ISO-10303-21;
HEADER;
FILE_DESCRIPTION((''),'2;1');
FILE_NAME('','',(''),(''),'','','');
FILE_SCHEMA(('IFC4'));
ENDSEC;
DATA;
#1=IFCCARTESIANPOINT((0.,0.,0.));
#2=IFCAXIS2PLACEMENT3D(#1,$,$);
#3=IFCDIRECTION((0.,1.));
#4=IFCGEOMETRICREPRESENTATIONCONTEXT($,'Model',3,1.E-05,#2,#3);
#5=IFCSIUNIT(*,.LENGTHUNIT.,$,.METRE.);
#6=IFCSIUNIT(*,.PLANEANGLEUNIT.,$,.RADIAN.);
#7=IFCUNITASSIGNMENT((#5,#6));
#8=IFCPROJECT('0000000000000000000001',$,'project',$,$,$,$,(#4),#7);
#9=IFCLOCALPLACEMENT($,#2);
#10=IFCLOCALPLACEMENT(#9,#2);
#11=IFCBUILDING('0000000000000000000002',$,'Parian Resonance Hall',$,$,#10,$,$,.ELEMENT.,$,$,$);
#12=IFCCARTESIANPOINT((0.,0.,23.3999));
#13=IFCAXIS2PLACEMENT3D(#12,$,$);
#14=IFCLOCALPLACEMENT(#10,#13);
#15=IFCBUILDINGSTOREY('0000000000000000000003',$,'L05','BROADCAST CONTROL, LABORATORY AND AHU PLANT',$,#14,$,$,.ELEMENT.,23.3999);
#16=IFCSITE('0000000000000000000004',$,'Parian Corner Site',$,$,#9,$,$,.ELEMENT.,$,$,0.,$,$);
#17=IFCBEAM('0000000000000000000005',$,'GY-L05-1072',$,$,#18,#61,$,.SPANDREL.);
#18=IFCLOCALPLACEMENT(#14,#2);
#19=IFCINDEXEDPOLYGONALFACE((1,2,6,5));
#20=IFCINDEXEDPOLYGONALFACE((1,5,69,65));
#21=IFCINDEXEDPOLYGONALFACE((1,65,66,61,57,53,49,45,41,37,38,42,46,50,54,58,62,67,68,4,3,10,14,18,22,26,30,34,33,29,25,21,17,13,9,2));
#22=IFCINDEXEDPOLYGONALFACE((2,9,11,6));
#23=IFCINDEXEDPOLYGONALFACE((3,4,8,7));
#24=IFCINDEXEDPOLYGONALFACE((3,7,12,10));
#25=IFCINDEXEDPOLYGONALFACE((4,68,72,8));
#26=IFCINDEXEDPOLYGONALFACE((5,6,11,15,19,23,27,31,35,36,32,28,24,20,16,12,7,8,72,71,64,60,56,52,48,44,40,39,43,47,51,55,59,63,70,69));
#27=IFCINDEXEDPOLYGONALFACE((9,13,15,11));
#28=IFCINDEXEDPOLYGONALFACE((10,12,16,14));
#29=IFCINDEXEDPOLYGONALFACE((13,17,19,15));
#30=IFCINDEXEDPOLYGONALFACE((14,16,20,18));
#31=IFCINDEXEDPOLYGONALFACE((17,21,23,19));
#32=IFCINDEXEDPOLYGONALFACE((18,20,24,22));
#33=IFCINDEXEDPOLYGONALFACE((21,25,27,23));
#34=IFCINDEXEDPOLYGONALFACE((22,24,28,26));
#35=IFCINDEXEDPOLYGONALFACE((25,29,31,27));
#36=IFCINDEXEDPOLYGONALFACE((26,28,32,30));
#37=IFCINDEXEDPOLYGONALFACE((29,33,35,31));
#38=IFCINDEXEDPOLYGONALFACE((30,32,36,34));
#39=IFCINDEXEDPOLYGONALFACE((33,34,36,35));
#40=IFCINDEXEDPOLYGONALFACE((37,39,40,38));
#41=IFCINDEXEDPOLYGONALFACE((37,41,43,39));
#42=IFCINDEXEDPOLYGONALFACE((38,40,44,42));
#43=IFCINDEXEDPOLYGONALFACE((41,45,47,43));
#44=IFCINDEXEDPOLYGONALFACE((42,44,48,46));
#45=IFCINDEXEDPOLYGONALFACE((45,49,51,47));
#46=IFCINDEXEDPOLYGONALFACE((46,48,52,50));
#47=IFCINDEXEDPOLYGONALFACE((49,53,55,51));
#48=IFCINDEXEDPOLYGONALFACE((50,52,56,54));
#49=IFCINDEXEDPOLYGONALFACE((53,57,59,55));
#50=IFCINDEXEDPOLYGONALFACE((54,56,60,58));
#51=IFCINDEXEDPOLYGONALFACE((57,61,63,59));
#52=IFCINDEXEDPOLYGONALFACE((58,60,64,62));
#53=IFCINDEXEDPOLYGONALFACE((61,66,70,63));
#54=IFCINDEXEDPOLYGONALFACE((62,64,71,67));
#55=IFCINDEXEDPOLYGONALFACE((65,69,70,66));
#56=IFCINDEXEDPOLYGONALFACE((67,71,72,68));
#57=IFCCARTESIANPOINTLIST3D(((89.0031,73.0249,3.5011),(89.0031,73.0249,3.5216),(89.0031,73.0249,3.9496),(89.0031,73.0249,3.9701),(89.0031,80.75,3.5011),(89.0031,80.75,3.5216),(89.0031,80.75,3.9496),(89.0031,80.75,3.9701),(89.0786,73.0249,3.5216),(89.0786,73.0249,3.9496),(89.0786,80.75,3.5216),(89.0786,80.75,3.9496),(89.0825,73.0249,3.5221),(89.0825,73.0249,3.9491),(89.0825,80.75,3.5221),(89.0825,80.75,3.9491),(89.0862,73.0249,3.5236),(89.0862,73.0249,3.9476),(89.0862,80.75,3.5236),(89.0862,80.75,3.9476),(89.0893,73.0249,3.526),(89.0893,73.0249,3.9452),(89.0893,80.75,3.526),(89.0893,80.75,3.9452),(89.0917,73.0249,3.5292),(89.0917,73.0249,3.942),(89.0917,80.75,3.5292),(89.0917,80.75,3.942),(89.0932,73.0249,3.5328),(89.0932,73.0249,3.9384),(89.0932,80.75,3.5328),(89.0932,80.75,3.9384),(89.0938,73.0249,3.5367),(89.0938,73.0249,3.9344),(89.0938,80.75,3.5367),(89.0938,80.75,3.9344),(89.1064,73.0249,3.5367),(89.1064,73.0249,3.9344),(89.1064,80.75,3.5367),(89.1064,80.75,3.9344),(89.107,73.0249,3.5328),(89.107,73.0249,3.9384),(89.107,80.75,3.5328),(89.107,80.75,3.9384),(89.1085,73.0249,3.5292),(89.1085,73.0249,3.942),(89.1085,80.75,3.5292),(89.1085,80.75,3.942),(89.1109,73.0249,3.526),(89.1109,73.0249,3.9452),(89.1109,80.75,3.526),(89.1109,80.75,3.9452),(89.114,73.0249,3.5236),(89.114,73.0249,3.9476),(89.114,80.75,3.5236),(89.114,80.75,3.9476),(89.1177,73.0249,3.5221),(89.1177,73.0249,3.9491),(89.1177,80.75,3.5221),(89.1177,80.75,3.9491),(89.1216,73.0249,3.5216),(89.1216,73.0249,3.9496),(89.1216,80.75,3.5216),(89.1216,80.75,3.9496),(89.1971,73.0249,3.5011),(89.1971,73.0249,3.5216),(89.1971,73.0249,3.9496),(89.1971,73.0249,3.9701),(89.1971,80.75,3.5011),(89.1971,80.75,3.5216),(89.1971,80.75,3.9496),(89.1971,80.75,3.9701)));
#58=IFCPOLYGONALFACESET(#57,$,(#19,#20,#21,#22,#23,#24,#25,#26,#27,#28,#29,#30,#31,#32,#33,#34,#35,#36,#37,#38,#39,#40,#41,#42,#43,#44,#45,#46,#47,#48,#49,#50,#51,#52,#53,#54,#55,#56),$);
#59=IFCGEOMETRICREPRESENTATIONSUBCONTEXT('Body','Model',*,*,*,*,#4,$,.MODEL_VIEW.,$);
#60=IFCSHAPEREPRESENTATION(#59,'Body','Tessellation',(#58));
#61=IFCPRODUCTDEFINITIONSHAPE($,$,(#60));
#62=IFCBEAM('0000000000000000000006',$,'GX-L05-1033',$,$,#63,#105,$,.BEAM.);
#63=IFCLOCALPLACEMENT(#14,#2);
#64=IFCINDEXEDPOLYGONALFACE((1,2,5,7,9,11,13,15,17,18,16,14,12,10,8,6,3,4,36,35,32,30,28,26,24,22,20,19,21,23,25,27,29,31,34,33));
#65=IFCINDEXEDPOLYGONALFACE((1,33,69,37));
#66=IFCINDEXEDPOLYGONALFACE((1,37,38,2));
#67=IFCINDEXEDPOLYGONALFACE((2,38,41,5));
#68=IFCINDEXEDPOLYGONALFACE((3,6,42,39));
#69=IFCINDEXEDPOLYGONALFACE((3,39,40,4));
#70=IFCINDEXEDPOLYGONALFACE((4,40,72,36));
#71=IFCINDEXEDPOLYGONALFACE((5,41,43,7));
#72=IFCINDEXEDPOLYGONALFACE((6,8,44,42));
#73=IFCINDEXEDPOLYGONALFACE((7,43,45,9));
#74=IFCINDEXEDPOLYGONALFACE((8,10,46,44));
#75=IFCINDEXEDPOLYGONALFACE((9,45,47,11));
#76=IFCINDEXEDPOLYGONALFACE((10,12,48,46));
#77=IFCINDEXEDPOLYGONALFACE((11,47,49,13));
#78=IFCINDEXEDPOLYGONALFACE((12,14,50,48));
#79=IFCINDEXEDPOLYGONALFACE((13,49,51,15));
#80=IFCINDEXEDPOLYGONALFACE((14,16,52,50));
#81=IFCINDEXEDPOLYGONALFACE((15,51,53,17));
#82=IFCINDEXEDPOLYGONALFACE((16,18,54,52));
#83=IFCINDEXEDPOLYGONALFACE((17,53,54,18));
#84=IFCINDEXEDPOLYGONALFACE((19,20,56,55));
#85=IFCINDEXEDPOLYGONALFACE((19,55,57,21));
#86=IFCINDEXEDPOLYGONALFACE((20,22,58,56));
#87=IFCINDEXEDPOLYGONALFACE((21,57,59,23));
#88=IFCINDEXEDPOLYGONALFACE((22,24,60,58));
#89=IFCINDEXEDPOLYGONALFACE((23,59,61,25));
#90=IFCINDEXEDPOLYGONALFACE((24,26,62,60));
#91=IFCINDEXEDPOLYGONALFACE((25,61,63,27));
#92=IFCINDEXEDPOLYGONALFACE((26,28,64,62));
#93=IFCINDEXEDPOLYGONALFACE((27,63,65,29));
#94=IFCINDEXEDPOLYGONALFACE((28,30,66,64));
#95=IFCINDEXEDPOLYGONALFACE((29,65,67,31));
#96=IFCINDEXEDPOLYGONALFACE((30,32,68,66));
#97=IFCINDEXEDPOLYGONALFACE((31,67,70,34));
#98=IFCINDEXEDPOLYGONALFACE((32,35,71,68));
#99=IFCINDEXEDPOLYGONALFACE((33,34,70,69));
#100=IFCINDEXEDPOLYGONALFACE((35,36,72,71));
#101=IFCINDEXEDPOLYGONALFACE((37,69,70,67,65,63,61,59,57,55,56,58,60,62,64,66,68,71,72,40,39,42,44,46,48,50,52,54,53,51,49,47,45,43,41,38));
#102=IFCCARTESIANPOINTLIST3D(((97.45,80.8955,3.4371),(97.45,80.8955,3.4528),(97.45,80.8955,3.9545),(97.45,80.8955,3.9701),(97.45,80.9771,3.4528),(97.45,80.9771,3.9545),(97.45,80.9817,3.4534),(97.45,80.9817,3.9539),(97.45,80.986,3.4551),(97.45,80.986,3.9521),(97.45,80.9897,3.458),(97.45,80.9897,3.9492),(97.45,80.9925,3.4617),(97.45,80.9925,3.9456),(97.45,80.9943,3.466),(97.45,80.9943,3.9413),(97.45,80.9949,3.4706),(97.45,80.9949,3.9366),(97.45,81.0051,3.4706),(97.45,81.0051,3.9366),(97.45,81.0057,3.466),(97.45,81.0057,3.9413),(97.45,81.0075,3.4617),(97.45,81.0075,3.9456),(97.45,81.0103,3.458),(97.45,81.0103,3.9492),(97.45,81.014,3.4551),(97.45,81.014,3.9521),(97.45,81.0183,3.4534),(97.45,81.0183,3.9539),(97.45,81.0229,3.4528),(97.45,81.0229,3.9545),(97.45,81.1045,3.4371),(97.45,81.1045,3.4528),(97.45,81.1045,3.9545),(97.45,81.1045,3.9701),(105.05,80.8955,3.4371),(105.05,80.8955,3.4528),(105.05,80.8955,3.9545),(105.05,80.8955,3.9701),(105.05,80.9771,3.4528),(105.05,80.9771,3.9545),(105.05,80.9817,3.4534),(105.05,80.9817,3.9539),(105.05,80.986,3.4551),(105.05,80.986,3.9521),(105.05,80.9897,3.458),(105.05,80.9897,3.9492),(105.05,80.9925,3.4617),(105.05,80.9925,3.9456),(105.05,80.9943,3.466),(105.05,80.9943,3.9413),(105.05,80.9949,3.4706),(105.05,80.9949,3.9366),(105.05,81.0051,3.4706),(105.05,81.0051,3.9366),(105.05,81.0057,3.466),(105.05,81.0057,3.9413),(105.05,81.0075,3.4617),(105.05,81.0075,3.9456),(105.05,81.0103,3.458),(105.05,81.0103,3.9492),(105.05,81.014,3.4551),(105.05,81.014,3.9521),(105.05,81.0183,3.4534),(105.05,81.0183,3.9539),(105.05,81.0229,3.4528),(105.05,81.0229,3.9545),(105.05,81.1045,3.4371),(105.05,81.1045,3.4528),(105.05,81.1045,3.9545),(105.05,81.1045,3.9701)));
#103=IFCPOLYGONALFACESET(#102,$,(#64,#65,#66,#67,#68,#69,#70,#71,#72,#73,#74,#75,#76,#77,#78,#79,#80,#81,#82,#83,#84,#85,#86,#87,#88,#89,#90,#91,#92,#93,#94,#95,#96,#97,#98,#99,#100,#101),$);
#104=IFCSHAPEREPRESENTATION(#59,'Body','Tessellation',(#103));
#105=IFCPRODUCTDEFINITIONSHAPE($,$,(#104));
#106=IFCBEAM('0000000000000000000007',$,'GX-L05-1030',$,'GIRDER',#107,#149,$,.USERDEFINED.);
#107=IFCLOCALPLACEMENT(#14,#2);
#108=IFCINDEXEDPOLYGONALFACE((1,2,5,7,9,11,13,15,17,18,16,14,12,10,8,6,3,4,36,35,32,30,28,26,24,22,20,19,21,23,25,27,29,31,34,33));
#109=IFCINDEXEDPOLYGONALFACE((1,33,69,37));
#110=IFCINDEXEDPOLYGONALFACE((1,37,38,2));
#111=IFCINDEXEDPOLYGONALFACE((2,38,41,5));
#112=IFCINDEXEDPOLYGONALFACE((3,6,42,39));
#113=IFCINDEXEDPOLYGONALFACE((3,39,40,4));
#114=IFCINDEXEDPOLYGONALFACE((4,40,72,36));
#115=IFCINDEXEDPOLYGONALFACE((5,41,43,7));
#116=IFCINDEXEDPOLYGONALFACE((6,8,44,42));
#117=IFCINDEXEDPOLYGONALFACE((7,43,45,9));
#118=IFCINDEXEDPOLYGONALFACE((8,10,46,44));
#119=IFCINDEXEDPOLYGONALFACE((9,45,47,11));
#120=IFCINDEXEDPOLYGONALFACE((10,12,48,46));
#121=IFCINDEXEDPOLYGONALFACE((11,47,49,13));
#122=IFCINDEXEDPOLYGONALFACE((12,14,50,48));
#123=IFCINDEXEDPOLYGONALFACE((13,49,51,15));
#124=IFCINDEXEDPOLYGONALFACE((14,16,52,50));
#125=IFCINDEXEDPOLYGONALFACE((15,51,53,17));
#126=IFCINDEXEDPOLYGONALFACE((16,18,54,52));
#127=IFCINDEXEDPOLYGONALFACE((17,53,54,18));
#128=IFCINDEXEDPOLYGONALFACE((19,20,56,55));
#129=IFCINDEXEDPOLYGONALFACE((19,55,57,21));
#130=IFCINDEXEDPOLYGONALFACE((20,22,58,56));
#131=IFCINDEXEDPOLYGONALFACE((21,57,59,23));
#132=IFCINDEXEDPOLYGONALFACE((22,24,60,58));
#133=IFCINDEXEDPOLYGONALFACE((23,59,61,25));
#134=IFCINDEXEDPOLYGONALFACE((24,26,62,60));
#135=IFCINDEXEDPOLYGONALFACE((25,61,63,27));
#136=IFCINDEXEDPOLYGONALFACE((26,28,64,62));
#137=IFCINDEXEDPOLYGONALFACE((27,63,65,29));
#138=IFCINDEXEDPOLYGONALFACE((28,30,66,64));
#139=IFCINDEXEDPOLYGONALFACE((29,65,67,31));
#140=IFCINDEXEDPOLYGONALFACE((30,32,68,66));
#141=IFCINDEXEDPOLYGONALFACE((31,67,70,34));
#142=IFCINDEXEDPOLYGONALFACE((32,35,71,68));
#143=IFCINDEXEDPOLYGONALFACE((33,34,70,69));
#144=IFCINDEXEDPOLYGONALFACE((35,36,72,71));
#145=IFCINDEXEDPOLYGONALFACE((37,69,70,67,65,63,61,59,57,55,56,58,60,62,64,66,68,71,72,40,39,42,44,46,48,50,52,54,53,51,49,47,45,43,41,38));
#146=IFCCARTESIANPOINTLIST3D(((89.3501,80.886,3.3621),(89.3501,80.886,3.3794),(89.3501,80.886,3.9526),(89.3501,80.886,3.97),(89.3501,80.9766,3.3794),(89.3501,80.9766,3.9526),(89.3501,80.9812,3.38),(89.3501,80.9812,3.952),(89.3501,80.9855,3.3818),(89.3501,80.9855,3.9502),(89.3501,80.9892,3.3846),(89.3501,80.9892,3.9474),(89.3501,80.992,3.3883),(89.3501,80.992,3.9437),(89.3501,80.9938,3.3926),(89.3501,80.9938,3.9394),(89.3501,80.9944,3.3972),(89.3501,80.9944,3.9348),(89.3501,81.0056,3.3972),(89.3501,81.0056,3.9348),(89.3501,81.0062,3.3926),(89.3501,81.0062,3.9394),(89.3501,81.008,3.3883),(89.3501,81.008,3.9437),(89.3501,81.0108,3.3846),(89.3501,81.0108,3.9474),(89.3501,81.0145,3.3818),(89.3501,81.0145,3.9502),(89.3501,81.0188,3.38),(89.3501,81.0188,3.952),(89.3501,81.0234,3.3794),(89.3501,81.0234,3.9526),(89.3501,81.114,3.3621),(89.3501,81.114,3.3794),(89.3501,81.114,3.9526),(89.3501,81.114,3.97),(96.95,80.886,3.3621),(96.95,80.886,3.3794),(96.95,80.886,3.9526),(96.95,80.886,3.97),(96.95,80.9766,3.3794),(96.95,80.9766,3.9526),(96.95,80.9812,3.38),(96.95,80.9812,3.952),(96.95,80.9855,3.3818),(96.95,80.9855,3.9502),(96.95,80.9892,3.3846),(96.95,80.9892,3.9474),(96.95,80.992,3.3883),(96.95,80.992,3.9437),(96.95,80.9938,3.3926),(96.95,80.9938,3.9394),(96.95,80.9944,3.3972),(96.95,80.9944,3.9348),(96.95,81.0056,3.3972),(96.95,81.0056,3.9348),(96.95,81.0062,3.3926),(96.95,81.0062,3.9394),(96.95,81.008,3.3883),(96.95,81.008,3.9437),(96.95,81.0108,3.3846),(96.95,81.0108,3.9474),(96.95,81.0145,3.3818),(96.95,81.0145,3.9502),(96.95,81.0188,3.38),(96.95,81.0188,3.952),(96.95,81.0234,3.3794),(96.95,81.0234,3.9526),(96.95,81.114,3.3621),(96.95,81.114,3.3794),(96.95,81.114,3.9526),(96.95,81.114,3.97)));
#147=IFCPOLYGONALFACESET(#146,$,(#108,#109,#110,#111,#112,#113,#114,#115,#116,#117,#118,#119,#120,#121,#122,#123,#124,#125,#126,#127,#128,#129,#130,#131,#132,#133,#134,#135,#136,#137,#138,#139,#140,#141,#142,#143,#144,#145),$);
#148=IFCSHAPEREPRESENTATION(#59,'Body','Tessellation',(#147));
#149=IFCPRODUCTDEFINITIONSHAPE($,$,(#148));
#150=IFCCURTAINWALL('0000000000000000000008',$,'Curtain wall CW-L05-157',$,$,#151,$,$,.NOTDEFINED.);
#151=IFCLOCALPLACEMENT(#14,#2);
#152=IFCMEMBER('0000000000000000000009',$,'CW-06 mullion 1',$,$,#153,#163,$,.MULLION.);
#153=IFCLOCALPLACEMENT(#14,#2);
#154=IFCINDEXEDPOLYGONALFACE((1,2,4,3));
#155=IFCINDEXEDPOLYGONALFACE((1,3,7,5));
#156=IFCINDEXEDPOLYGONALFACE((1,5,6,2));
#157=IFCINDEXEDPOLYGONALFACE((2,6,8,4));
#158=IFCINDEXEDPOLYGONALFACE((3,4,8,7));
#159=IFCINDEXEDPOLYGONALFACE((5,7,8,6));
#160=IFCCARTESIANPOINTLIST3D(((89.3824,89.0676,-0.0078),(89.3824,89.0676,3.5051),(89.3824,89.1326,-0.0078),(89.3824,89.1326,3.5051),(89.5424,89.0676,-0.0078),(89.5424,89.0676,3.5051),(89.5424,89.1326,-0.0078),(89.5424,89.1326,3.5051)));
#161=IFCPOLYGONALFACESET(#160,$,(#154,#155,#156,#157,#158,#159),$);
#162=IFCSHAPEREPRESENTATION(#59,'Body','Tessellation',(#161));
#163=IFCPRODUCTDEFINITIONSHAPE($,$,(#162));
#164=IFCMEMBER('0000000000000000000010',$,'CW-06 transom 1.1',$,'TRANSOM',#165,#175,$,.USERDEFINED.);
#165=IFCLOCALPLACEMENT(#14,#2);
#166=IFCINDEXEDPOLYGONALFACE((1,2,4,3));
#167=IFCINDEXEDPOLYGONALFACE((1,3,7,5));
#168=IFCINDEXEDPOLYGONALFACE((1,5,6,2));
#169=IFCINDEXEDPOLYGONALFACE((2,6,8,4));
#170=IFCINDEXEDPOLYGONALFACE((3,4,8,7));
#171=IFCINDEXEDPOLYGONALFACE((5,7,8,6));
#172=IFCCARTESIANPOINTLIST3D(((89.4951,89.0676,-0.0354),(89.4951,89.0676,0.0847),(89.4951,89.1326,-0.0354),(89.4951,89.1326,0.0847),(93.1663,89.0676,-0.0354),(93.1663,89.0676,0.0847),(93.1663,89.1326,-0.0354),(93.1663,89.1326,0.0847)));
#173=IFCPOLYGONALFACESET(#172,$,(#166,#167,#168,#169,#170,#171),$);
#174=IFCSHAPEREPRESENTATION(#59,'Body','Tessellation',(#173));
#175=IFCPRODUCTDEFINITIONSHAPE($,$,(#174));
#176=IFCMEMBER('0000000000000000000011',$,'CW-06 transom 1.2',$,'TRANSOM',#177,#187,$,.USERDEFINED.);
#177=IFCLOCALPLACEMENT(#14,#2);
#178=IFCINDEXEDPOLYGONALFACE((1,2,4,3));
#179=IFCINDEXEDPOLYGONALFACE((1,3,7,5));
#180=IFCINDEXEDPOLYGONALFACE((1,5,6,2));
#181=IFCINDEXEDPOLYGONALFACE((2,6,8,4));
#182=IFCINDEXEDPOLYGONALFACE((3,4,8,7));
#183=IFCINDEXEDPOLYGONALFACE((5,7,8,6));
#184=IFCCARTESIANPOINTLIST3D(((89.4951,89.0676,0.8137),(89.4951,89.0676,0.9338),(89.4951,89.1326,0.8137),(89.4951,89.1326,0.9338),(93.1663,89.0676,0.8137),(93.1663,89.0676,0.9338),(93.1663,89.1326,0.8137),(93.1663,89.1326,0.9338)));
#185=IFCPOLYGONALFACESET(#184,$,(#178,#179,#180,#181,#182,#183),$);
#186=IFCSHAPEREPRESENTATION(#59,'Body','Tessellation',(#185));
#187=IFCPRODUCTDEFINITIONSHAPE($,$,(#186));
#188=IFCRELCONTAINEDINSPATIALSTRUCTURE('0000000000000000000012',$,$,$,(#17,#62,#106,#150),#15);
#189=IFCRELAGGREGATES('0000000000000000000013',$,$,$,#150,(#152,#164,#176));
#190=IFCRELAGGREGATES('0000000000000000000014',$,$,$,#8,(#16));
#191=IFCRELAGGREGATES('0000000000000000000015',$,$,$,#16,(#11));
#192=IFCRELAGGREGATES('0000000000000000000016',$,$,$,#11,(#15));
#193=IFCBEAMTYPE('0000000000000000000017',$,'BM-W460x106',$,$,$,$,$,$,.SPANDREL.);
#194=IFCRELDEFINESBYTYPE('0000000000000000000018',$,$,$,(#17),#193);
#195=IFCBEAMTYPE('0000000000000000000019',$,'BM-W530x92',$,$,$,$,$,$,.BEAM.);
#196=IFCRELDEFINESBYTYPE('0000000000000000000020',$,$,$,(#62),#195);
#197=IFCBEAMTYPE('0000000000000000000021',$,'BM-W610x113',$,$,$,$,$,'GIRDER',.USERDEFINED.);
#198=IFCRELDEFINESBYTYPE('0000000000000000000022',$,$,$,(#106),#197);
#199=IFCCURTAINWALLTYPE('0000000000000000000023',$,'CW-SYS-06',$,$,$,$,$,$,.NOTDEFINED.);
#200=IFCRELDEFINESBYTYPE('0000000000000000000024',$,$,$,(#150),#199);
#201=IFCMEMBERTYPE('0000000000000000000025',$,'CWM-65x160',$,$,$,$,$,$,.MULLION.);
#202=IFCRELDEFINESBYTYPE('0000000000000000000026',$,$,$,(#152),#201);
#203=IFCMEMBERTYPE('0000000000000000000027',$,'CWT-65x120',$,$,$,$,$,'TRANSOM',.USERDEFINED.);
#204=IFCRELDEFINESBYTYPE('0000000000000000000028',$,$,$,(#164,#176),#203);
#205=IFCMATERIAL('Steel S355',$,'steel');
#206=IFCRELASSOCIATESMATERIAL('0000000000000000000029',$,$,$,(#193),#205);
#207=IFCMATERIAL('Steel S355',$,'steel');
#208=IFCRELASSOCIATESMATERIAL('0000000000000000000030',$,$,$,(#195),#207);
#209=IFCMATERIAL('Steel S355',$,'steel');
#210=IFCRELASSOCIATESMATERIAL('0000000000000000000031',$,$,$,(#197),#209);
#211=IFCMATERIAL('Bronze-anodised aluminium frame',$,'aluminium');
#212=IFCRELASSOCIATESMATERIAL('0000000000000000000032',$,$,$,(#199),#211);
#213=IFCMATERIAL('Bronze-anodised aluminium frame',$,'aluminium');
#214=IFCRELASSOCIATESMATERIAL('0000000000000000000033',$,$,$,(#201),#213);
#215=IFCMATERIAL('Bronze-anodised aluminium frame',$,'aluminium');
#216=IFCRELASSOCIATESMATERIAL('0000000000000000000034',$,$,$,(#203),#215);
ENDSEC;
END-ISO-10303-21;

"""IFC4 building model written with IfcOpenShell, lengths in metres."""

from ifc_helpers import new_model, si_unit, direction, frame, origin, origin_2d, place, context, subcontext, project, spatial, rectangle, i_section, extrude, material, material_profile, profile_set, type_object, element, aggregate, save


model = new_model("IFC4")

# Units and contexts
model_context = context("Model", 3, precision=1e-05, world=origin(), true_north=direction((0.0, 1.0)))
body_context = subcontext(model_context, "Body", "Model", "MODEL_VIEW")
ifc_project = project(units=[si_unit("LENGTHUNIT", "METRE"), si_unit("PLANEANGLEUNIT", "RADIAN")], contexts=[model_context])

# Site, building, storey
site_placement = place(None, origin())
site = spatial("IfcSite", under=ifc_project, at=site_placement, Name="Parian Corner Site", CompositionType="ELEMENT", RefElevation=0.0)
building_placement = place(site_placement, origin())
building = spatial("IfcBuilding", under=site, at=building_placement, Name="Parian Resonance Hall", CompositionType="ELEMENT")
storey_placement = place(building_placement, frame((0.0, 0.0, 23.3999)))
storey = spatial("IfcBuildingStorey", under=building, at=storey_placement, Name="L05", Description="BROADCAST CONTROL, LABORATORY AND AHU PLANT", CompositionType="ELEMENT", Elevation=23.3999)

# Beams
ifc_material_1 = material(Name="Steel S355", Category="steel")
ifc_material_profile_1 = material_profile(ifc_material_1, i_section(OverallWidth=0.1941, OverallDepth=0.469, WebThickness=0.0127, FlangeThickness=0.0205, FilletRadius=0.0151, at=origin_2d()), Name="W460x106")
ifc_profile_set_1 = profile_set([ifc_material_profile_1], Name="Steel S355")
beam_type_1 = type_object("IfcBeamType", Name="BM-W460x106", PredefinedType="SPANDREL", material=ifc_profile_set_1)
beam_1_placement = place(storey_placement, frame((89.1001, 73.0249, 3.7356), z_axis=(0.0, 1.0, 0.0), x_axis=(-1.0, 0.0, 0.0)))
element("IfcBeam", 1, at=beam_1_placement, inside=storey, type_object=beam_type_1, Name="GY-L05-1072", PredefinedType="SPANDREL", context=body_context, shape_type="SweptSolid", body=[
    extrude(i_section(OverallWidth=0.1941, OverallDepth=0.469, WebThickness=0.0127, FlangeThickness=0.0205, FilletRadius=0.0151, at=origin_2d()), origin(), (0.0, 0.0, 1.0), 7.7251),
])
ifc_material_2 = material(Name="Steel S355", Category="steel")
ifc_material_profile_2 = material_profile(ifc_material_2, i_section(OverallWidth=0.209, OverallDepth=0.533, WebThickness=0.0103, FlangeThickness=0.0156, FilletRadius=0.0178, at=origin_2d()), Name="W530x92")
ifc_profile_set_2 = profile_set([ifc_material_profile_2], Name="Steel S355")
beam_type_2 = type_object("IfcBeamType", Name="BM-W530x92", PredefinedType="BEAM", material=ifc_profile_set_2)
beam_2_placement = place(storey_placement, frame((97.45, 81.0, 3.7036), z_axis=(1.0, 0.0, 0.0), x_axis=(0.0, 1.0, 0.0)))
element("IfcBeam", 2, at=beam_2_placement, inside=storey, type_object=beam_type_2, Name="GX-L05-1033", PredefinedType="BEAM", context=body_context, shape_type="SweptSolid", body=[
    extrude(i_section(OverallWidth=0.209, OverallDepth=0.533, WebThickness=0.0103, FlangeThickness=0.0156, FilletRadius=0.0178, at=origin_2d()), origin(), (0.0, 0.0, 1.0), 7.6001),
])
ifc_material_3 = material(Name="Steel S355", Category="steel")
ifc_material_profile_3 = material_profile(ifc_material_3, i_section(OverallWidth=0.228, OverallDepth=0.6079, WebThickness=0.0112, FlangeThickness=0.0173, FilletRadius=0.0178, at=origin_2d()), Name="W610x113")
ifc_profile_set_3 = profile_set([ifc_material_profile_3], Name="Steel S355")
beam_type_3 = type_object("IfcBeamType", Name="BM-W610x113", ElementType="GIRDER", PredefinedType="USERDEFINED", material=ifc_profile_set_3)
beam_3_placement = place(storey_placement, frame((89.3501, 81.0, 3.666), z_axis=(1.0, 0.0, 0.0), x_axis=(0.0, 1.0, 0.0)))
element("IfcBeam", 3, at=beam_3_placement, inside=storey, type_object=beam_type_3, Name="GX-L05-1030", ObjectType="GIRDER", PredefinedType="USERDEFINED", context=body_context, shape_type="SweptSolid", body=[
    extrude(i_section(OverallWidth=0.228, OverallDepth=0.6079, WebThickness=0.0112, FlangeThickness=0.0173, FilletRadius=0.0178, at=origin_2d()), origin(), (0.0, 0.0, 1.0), 7.5999),
])

# Curtain wall, members
ifc_material_4 = material(Name="Bronze-anodised aluminium frame", Category="aluminium")
curtain_wall_type = type_object("IfcCurtainWallType", Name="CW-SYS-06", PredefinedType="NOTDEFINED", material=ifc_material_4)
curtain_wall_placement = place(storey_placement, origin())
curtain_wall = element("IfcCurtainWall", 4, at=curtain_wall_placement, inside=storey, type_object=curtain_wall_type, Name="Curtain wall CW-L05-157", PredefinedType="NOTDEFINED")
ifc_material_5 = material(Name="Bronze-anodised aluminium frame", Category="aluminium")
ifc_material_profile_4 = material_profile(ifc_material_5, rectangle(XDim=0.0649, YDim=0.1599, at=origin_2d()), Name="CWM-65x160")
ifc_profile_set_4 = profile_set([ifc_material_profile_4], Name="Bronze-anodised aluminium frame")
member_type_1 = type_object("IfcMemberType", Name="CWM-65x160", PredefinedType="MULLION", material=ifc_profile_set_4)
member_1_placement = place(storey_placement, frame((89.4624, 89.1001, -0.0078), z_axis=(0.0, 0.0, 1.0), x_axis=(0.0, 1.0, 0.0)))
member_1 = element("IfcMember", 5, at=member_1_placement, type_object=member_type_1, Name="CW-06 mullion 1", PredefinedType="MULLION", context=body_context, shape_type="SweptSolid", body=[
    extrude(rectangle(XDim=0.0649, YDim=0.1599, at=origin_2d()), origin(), (0.0, 0.0, 1.0), 3.5129),
])
ifc_material_6 = material(Name="Bronze-anodised aluminium frame", Category="aluminium")
ifc_material_profile_5 = material_profile(ifc_material_6, rectangle(XDim=0.0649, YDim=0.1201, at=origin_2d()), Name="CWT-65x120")
ifc_profile_set_5 = profile_set([ifc_material_profile_5], Name="Bronze-anodised aluminium frame")
member_type_2 = type_object("IfcMemberType", Name="CWT-65x120", ElementType="TRANSOM", PredefinedType="USERDEFINED", material=ifc_profile_set_5)
member_2_placement = place(storey_placement, frame((89.4951, 89.1001, 0.0247), z_axis=(1.0, 0.0, 0.0), x_axis=(0.0, 1.0, 0.0)))
member_2 = element("IfcMember", 6, at=member_2_placement, type_object=member_type_2, Name="CW-06 transom 1.1", ObjectType="TRANSOM", PredefinedType="USERDEFINED", context=body_context, shape_type="SweptSolid", body=[
    extrude(rectangle(XDim=0.0649, YDim=0.1201, at=origin_2d()), origin(), (0.0, 0.0, 1.0), 3.6711),
])
member_3_placement = place(storey_placement, frame((89.4951, 89.1001, 0.8738), z_axis=(1.0, 0.0, 0.0), x_axis=(0.0, 1.0, 0.0)))
member_3 = element("IfcMember", 7, at=member_3_placement, type_object=member_type_2, Name="CW-06 transom 1.2", ObjectType="TRANSOM", PredefinedType="USERDEFINED", context=body_context, shape_type="SweptSolid", body=[
    extrude(rectangle(XDim=0.0649, YDim=0.1201, at=origin_2d()), origin(), (0.0, 0.0, 1.0), 3.6711),
])
aggregate(curtain_wall, [member_1, member_2, member_3])

save(model, "model.ifc")
